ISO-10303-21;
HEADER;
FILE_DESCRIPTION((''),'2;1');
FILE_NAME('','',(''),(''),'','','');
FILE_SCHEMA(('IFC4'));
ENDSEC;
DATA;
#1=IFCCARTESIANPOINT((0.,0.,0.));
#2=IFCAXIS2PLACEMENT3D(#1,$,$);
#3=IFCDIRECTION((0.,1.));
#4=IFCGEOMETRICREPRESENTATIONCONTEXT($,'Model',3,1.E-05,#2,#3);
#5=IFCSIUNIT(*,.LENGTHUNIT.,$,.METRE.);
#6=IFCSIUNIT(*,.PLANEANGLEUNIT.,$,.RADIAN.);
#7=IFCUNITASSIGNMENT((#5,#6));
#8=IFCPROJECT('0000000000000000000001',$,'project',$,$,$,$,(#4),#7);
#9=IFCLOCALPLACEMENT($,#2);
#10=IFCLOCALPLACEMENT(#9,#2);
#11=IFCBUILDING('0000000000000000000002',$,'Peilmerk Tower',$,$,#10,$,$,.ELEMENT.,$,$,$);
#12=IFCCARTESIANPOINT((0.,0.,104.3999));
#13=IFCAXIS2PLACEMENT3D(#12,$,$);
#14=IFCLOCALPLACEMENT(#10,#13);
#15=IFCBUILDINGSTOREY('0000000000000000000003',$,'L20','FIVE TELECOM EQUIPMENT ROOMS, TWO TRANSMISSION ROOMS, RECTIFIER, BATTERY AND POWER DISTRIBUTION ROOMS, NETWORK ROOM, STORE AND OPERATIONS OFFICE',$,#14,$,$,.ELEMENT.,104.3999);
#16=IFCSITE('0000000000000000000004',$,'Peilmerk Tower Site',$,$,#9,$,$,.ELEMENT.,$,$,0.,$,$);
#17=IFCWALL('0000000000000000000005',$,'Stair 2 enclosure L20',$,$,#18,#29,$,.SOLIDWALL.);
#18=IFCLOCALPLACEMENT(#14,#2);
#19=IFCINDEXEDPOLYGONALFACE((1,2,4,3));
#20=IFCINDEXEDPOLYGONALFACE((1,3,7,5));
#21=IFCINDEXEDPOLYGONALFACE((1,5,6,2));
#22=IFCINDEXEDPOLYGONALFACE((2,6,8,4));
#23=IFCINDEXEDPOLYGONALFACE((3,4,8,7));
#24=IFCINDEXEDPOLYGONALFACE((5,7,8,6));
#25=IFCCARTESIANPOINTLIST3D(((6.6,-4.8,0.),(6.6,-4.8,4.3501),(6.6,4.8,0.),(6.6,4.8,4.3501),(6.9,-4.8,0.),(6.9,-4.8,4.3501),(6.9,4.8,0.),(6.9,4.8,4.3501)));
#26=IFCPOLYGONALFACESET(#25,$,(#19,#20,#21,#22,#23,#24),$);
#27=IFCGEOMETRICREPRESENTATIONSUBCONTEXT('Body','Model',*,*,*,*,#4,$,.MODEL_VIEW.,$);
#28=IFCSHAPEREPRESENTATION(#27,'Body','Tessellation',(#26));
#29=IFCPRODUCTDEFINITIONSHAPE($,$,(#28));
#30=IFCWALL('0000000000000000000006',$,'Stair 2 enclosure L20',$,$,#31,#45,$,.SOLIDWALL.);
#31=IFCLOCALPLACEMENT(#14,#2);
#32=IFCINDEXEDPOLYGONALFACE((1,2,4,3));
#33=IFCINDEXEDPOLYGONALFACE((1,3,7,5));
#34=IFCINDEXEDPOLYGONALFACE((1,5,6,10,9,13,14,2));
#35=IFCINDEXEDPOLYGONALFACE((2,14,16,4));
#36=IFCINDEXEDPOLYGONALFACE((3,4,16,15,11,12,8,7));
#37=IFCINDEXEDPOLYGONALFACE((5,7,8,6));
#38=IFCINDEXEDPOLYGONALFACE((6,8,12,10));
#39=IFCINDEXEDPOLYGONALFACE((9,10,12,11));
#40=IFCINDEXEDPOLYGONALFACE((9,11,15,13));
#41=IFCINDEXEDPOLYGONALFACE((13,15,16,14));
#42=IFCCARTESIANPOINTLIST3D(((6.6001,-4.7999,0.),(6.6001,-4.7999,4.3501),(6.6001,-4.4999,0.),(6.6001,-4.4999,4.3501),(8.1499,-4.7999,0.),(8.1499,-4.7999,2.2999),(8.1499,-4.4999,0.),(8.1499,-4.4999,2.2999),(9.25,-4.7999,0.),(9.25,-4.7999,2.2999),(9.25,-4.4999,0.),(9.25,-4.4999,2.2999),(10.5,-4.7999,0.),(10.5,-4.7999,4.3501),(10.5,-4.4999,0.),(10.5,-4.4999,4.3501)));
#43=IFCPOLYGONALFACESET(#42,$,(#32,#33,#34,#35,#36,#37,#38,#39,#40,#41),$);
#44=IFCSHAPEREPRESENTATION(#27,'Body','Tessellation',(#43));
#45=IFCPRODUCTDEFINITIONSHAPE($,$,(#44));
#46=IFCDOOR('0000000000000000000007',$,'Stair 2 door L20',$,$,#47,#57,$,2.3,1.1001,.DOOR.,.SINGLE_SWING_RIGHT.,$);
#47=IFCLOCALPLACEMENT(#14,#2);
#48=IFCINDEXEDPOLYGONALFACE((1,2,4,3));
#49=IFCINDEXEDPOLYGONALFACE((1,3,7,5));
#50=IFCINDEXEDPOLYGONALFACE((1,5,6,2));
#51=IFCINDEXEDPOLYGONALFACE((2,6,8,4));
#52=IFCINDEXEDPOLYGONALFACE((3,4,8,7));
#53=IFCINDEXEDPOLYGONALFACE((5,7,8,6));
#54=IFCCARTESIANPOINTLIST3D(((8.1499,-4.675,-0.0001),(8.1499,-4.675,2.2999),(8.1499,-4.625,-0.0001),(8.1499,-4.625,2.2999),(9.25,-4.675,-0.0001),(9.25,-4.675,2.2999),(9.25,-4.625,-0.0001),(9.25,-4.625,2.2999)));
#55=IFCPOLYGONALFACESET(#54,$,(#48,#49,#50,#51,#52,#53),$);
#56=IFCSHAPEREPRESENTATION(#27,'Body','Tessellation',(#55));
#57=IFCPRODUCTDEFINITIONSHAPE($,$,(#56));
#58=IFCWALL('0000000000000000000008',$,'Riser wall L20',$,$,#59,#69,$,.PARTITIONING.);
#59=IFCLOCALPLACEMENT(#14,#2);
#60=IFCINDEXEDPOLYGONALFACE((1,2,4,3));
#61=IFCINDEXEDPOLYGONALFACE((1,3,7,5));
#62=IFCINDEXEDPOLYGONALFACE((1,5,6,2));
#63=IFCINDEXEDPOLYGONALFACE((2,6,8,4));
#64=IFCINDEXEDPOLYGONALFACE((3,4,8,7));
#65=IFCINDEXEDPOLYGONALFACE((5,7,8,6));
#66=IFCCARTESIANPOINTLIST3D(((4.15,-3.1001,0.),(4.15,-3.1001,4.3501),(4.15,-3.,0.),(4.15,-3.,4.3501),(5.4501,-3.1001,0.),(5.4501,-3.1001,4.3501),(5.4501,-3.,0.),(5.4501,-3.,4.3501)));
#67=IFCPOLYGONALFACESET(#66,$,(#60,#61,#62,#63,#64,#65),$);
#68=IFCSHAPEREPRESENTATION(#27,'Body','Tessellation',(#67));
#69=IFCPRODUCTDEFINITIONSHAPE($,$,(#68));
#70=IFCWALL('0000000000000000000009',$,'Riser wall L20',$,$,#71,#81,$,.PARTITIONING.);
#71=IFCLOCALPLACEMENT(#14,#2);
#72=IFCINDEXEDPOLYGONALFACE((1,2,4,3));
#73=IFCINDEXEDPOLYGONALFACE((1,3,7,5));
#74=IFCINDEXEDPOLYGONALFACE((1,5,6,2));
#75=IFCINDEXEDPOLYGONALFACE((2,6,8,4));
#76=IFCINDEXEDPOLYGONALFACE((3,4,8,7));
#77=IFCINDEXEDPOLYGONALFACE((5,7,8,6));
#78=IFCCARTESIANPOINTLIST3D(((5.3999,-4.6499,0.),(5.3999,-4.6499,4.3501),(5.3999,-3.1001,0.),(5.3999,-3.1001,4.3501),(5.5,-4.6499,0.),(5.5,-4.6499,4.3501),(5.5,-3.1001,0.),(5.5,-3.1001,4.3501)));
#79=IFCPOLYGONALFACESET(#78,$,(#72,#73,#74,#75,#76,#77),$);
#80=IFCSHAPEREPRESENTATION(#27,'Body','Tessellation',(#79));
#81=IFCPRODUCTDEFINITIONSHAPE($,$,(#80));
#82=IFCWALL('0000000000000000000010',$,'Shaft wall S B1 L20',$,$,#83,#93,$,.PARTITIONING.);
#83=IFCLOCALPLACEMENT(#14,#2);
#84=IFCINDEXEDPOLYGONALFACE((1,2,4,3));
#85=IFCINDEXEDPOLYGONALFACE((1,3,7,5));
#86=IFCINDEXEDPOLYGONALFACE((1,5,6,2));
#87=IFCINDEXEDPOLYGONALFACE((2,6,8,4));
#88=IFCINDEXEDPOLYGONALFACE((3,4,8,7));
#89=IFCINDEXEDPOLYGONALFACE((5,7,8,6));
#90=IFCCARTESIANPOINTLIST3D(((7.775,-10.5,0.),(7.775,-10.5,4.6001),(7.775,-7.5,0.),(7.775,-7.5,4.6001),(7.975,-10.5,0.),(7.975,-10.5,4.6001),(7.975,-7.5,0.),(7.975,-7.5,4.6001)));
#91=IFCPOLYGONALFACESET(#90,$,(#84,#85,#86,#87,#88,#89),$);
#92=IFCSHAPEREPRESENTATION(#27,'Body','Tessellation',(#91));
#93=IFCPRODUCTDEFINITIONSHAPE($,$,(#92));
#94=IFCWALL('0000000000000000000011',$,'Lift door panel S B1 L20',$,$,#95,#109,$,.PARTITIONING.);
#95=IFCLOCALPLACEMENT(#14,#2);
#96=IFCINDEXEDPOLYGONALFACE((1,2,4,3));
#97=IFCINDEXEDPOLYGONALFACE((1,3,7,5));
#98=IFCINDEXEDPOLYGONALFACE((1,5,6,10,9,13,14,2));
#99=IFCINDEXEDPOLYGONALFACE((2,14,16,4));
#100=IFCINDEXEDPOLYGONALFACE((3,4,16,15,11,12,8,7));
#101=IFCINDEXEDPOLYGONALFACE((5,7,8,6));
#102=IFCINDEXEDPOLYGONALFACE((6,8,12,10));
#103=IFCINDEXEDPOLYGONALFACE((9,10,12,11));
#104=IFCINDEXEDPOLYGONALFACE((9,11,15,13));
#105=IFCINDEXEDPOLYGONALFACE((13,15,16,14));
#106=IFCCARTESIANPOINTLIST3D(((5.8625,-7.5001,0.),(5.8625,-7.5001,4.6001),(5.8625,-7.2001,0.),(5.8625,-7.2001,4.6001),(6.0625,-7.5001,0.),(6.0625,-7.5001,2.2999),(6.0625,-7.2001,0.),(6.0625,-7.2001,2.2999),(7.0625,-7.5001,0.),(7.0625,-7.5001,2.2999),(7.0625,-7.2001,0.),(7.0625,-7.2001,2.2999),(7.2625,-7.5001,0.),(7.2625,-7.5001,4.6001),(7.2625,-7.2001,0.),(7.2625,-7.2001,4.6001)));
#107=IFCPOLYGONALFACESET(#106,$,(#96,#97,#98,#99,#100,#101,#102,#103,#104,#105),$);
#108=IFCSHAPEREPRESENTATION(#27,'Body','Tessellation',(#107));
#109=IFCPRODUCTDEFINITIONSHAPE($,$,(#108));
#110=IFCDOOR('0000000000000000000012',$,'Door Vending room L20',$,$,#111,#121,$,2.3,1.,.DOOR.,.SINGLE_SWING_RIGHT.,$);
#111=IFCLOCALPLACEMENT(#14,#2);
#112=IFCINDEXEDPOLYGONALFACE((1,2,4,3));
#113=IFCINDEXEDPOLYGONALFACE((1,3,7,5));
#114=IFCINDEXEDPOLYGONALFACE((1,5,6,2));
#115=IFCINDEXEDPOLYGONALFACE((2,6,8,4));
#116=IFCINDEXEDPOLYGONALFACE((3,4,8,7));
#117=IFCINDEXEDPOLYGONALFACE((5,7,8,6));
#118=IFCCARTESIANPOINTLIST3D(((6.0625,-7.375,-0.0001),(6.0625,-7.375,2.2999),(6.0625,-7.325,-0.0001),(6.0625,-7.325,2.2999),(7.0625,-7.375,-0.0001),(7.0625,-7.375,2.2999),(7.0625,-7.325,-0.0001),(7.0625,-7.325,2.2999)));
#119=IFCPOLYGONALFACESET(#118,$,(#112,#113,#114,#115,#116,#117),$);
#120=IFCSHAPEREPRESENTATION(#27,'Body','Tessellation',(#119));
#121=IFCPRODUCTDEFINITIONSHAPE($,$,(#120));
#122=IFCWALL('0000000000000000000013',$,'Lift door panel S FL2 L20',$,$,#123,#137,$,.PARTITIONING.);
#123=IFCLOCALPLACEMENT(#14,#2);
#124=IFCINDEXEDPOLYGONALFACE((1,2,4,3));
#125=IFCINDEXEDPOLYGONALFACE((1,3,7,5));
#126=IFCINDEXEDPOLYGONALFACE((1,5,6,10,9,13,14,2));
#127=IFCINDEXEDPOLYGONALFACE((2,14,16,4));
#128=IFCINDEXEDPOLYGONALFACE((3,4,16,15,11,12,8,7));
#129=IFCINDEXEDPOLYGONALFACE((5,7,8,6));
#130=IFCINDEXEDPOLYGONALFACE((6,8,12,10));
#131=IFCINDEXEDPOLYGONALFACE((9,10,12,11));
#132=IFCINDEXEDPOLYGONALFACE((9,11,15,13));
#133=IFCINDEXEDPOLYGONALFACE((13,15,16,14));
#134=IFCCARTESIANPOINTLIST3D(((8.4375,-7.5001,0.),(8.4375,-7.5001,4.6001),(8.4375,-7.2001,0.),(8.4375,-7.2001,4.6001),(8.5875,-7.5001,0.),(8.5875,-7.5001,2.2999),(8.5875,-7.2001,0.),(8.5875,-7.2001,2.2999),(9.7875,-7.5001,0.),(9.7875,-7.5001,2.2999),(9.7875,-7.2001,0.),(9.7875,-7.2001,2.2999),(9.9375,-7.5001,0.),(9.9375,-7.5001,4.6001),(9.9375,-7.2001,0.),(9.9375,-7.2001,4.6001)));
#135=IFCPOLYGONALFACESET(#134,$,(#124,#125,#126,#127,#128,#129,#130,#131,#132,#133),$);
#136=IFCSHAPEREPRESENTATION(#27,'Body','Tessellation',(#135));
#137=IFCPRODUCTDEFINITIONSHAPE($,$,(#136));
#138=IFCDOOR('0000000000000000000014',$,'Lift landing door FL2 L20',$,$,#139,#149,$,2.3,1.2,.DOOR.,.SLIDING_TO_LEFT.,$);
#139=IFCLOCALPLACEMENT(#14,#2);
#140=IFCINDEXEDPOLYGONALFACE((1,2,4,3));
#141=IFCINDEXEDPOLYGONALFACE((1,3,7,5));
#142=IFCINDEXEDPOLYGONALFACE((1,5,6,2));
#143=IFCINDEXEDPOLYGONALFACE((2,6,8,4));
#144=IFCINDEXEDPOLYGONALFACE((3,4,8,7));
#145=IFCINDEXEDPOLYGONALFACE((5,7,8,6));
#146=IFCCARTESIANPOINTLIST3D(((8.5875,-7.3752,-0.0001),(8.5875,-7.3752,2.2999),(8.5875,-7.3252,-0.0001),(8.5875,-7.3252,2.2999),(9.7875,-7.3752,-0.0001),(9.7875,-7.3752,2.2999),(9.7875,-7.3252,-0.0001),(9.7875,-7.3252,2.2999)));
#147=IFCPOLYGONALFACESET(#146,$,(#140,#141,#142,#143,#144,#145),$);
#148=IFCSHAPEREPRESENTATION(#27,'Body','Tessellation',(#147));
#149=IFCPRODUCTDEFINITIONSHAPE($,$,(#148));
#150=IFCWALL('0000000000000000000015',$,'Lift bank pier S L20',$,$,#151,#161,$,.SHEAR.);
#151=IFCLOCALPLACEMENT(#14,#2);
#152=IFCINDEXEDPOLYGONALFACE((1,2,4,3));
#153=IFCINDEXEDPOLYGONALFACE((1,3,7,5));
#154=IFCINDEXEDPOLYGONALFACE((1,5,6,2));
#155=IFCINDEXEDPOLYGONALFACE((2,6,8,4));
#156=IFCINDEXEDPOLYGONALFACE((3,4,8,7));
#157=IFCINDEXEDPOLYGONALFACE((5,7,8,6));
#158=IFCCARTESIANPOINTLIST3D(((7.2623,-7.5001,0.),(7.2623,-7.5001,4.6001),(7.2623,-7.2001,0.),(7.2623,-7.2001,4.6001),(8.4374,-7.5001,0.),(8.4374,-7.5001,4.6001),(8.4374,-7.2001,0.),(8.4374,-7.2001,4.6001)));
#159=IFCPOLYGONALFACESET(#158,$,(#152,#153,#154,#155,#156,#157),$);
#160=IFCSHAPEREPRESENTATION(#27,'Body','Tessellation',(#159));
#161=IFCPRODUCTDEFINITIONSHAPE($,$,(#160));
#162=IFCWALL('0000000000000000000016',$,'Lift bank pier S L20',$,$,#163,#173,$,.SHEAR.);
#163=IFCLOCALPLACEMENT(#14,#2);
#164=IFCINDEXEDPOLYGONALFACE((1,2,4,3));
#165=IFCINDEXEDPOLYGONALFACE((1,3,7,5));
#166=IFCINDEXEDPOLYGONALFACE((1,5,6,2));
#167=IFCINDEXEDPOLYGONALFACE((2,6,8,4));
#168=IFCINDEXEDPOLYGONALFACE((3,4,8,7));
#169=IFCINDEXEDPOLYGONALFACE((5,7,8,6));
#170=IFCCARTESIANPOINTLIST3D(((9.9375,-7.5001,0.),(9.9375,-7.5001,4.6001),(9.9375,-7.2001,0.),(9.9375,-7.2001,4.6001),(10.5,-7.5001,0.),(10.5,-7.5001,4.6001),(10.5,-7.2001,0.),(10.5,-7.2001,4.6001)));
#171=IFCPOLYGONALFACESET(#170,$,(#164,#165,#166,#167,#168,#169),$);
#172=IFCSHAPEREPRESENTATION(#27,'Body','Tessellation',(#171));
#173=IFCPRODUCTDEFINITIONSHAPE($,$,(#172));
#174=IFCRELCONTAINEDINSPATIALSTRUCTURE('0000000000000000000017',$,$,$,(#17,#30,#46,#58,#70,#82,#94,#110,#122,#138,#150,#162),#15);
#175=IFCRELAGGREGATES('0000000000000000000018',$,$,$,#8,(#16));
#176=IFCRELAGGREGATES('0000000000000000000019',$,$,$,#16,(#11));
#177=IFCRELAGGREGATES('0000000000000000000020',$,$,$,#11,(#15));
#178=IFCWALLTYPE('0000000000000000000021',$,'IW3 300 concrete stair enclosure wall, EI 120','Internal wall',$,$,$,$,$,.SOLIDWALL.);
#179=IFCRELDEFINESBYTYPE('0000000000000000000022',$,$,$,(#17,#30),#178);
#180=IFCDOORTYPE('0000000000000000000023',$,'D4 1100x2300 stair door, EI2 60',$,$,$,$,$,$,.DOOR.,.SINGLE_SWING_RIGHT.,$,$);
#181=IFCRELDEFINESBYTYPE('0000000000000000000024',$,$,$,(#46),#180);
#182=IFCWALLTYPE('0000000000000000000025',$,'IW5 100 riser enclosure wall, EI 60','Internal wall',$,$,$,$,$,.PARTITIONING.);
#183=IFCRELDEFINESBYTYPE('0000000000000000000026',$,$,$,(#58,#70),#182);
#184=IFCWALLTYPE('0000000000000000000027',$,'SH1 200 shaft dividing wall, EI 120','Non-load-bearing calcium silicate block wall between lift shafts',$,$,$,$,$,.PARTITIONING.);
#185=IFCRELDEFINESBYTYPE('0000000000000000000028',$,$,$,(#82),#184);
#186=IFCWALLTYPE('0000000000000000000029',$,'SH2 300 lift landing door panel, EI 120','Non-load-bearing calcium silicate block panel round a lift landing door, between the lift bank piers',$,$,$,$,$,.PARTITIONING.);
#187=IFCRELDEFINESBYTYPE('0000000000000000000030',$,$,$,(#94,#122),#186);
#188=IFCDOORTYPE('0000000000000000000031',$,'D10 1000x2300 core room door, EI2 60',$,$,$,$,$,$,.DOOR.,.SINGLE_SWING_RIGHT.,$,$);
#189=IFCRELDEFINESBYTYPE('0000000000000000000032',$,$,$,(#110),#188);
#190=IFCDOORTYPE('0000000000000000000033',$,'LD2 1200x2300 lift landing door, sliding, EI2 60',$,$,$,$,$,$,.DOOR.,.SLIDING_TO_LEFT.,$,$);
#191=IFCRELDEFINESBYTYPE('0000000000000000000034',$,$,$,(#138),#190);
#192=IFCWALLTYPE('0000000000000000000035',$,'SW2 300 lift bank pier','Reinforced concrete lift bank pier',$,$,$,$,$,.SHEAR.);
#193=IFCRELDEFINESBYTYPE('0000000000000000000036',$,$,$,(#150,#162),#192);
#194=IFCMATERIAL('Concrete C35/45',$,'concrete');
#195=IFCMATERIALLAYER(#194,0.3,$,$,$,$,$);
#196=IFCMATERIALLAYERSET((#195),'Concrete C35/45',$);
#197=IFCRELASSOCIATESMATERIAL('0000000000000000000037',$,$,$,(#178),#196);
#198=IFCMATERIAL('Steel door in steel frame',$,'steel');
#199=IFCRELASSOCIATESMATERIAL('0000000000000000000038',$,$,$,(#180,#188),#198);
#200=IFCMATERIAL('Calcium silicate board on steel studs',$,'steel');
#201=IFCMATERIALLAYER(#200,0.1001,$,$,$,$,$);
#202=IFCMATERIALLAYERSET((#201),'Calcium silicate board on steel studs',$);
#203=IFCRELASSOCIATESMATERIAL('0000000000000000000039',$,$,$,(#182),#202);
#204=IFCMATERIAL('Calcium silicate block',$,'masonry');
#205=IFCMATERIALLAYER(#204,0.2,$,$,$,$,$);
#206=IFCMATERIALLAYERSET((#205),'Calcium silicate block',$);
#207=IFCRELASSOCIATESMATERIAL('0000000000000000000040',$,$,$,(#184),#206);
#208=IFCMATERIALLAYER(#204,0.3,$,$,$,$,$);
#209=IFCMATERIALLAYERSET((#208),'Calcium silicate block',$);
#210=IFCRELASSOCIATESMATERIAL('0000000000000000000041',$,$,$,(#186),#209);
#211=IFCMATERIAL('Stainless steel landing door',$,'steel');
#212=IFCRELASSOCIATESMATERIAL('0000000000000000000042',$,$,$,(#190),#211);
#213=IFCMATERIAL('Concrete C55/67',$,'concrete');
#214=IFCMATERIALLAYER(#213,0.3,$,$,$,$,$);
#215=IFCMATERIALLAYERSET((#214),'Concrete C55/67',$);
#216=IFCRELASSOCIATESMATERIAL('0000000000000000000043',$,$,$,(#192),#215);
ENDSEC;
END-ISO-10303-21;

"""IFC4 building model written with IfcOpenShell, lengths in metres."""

from ifc_helpers import new_model, si_unit, direction, frame, frame_2d, origin, place, context, subcontext, project, spatial, rectangle, extrude, material, layer, layer_set, type_object, element, fill, save


model = new_model("IFC4")

# Units and contexts
model_context = context("Model", 3, precision=1e-05, world=origin(), true_north=direction((0.0, 1.0)))
body_context = subcontext(model_context, "Body", "Model", "MODEL_VIEW")
ifc_project = project(units=[si_unit("LENGTHUNIT", "METRE"), si_unit("PLANEANGLEUNIT", "RADIAN")], contexts=[model_context])

# Site, building, storey
site_placement = place(None, origin())
site = spatial("IfcSite", under=ifc_project, at=site_placement, Name="Peilmerk Tower Site", CompositionType="ELEMENT", RefElevation=0.0)
building_placement = place(site_placement, origin())
building = spatial("IfcBuilding", under=site, at=building_placement, Name="Peilmerk Tower", CompositionType="ELEMENT")
storey_placement = place(building_placement, frame((0.0, 0.0, 104.3999)))
storey = spatial("IfcBuildingStorey", under=building, at=storey_placement, Name="L20", Description="FIVE TELECOM EQUIPMENT ROOMS, TWO TRANSMISSION ROOMS, RECTIFIER, BATTERY AND POWER DISTRIBUTION ROOMS, NETWORK ROOM, STORE AND OPERATIONS OFFICE", CompositionType="ELEMENT", Elevation=104.3999)

# Wall
ifc_material_1 = material(Name="Concrete C35/45", Category="concrete")
ifc_layer_1 = layer(ifc_material_1, 0.3)
ifc_layer_set_1 = layer_set([ifc_layer_1], Name="Concrete C35/45")
wall_type_1 = type_object("IfcWallType", Name="IW3 300 concrete stair enclosure wall, EI 120", Description="Internal wall", PredefinedType="SOLIDWALL", material=ifc_layer_set_1)
wall_1_placement = place(storey_placement, frame((6.75, -4.8, 0.0), z_axis=(0.0, 0.0, 1.0), x_axis=(0.0, 1.0, 0.0)))
element("IfcWall", 1, at=wall_1_placement, inside=storey, type_object=wall_type_1, Name="Stair 2 enclosure L20", PredefinedType="SOLIDWALL", context=body_context, shape_type="SweptSolid", body=[
    extrude(rectangle(XDim=9.6001, YDim=0.3, at=frame_2d((4.8, 0.0))), origin(), (0.0, 0.0, 1.0), 4.3501),
])

# Wall, opening, door
wall_2_placement = place(storey_placement, frame((10.5, -4.6499, 0.0), z_axis=(0.0, 0.0, 1.0), x_axis=(-1.0, 0.0, 0.0)))
wall_2 = element("IfcWall", 2, at=wall_2_placement, inside=storey, type_object=wall_type_1, Name="Stair 2 enclosure L20", PredefinedType="SOLIDWALL", context=body_context, shape_type="SweptSolid", body=[
    extrude(rectangle(XDim=3.8999, YDim=0.3, at=frame_2d((1.95, 0.0))), origin(), (0.0, 0.0, 1.0), 4.3501),
])
opening_1_placement = place(wall_2_placement, frame((1.25, 0.0, 0.0)))
opening_1 = element("IfcOpeningElement", 3, at=opening_1_placement, cuts=wall_2, PredefinedType="OPENING", context=body_context, shape_type="SweptSolid", body=[
    extrude(rectangle(XDim=1.1001, YDim=2.3, at=frame_2d((0.55, 1.1499))), frame((0.0, 0.1599, 0.0), z_axis=(0.0, -1.0, 0.0), x_axis=(1.0, 0.0, 0.0)), (0.0, 0.0, 1.0), 0.3201),
])
ifc_material_2 = material(Name="Steel door in steel frame", Category="steel")
door_type_1 = type_object("IfcDoorType", Name="D4 1100x2300 stair door, EI2 60", OperationType="SINGLE_SWING_RIGHT", PredefinedType="DOOR", material=ifc_material_2)
door_1_placement = place(opening_1_placement, frame((1.1001, 0.0, 0.0), z_axis=(0.0, 0.0, 1.0), x_axis=(-1.0, 0.0, 0.0)))
door_1 = element("IfcDoor", 4, at=door_1_placement, inside=storey, type_object=door_type_1, Name="Stair 2 door L20", OperationType="SINGLE_SWING_RIGHT", OverallHeight=2.3, OverallWidth=1.1001, PredefinedType="DOOR", context=body_context, shape_type="SweptSolid", body=[
    extrude(rectangle(XDim=1.1001, YDim=2.3, at=frame_2d((0.55, 1.1499))), frame((0.0, 0.0249, 0.0), z_axis=(0.0, -1.0, 0.0), x_axis=(1.0, 0.0, 0.0)), (0.0, 0.0, 1.0), 0.05),
])
fill(opening_1, door_1)

# Walls
ifc_material_3 = material(Name="Calcium silicate board on steel studs", Category="steel")
ifc_layer_2 = layer(ifc_material_3, 0.1001)
ifc_layer_set_2 = layer_set([ifc_layer_2], Name="Calcium silicate board on steel studs")
wall_type_2 = type_object("IfcWallType", Name="IW5 100 riser enclosure wall, EI 60", Description="Internal wall", PredefinedType="PARTITIONING", material=ifc_layer_set_2)
wall_3_placement = place(storey_placement, frame((5.45, -3.05, 0.0), z_axis=(0.0, 0.0, 1.0), x_axis=(-1.0, 0.0, 0.0)))
element("IfcWall", 5, at=wall_3_placement, inside=storey, type_object=wall_type_2, Name="Riser wall L20", PredefinedType="PARTITIONING", context=body_context, shape_type="SweptSolid", body=[
    extrude(rectangle(XDim=1.3, YDim=0.1001, at=frame_2d((0.6499, 0.0))), origin(), (0.0, 0.0, 1.0), 4.3501),
])
wall_4_placement = place(storey_placement, frame((5.45, -3.1001, 0.0), z_axis=(0.0, 0.0, 1.0), x_axis=(0.0, -1.0, 0.0)))
element("IfcWall", 6, at=wall_4_placement, inside=storey, type_object=wall_type_2, Name="Riser wall L20", PredefinedType="PARTITIONING", context=body_context, shape_type="SweptSolid", body=[
    extrude(rectangle(XDim=1.5498, YDim=0.1001, at=frame_2d((0.7749, 0.0))), origin(), (0.0, 0.0, 1.0), 4.3501),
])
ifc_material_4 = material(Name="Calcium silicate block", Category="masonry")
ifc_layer_3 = layer(ifc_material_4, 0.2)
ifc_layer_set_3 = layer_set([ifc_layer_3], Name="Calcium silicate block")
wall_type_3 = type_object("IfcWallType", Name="SH1 200 shaft dividing wall, EI 120", Description="Non-load-bearing calcium silicate block wall between lift shafts", PredefinedType="PARTITIONING", material=ifc_layer_set_3)
wall_5_placement = place(storey_placement, frame((7.875, -10.5, 0.0), z_axis=(0.0, 0.0, 1.0), x_axis=(0.0, 1.0, 0.0)))
element("IfcWall", 7, at=wall_5_placement, inside=storey, type_object=wall_type_3, Name="Shaft wall S B1 L20", PredefinedType="PARTITIONING", context=body_context, shape_type="SweptSolid", body=[
    extrude(rectangle(XDim=3.0, YDim=0.2, at=frame_2d((1.5, 0.0))), origin(), (0.0, 0.0, 1.0), 4.6001),
])

# Walls, openings, doors
ifc_layer_4 = layer(ifc_material_4, 0.3)
ifc_layer_set_4 = layer_set([ifc_layer_4], Name="Calcium silicate block")
wall_type_4 = type_object("IfcWallType", Name="SH2 300 lift landing door panel, EI 120", Description="Non-load-bearing calcium silicate block panel round a lift landing door, between the lift bank piers", PredefinedType="PARTITIONING", material=ifc_layer_set_4)
wall_6_placement = place(storey_placement, frame((5.8625, -7.3501, 0.0), z_axis=(0.0, 0.0, 1.0), x_axis=(1.0, 0.0, 0.0)))
wall_6 = element("IfcWall", 8, at=wall_6_placement, inside=storey, type_object=wall_type_4, Name="Lift door panel S B1 L20", PredefinedType="PARTITIONING", context=body_context, shape_type="SweptSolid", body=[
    extrude(rectangle(XDim=1.3999, YDim=0.3, at=frame_2d((0.7, 0.0))), origin(), (0.0, 0.0, 1.0), 4.6001),
])
opening_2_placement = place(wall_6_placement, frame((0.2, 0.0, 0.0)))
opening_2 = element("IfcOpeningElement", 9, at=opening_2_placement, cuts=wall_6, PredefinedType="OPENING", context=body_context, shape_type="SweptSolid", body=[
    extrude(rectangle(XDim=1.0, YDim=2.3, at=frame_2d((0.5, 1.1499))), frame((0.0, 0.1599, 0.0), z_axis=(0.0, -1.0, 0.0), x_axis=(1.0, 0.0, 0.0)), (0.0, 0.0, 1.0), 0.3201),
])
door_type_2 = type_object("IfcDoorType", Name="D10 1000x2300 core room door, EI2 60", OperationType="SINGLE_SWING_RIGHT", PredefinedType="DOOR", material=ifc_material_2)
door_2_placement = place(opening_2_placement, frame((1.0, 0.0, 0.0), z_axis=(0.0, 0.0, 1.0), x_axis=(-1.0, 0.0, 0.0)))
door_2 = element("IfcDoor", 10, at=door_2_placement, inside=storey, type_object=door_type_2, Name="Door Vending room L20", OperationType="SINGLE_SWING_RIGHT", OverallHeight=2.3, OverallWidth=1.0, PredefinedType="DOOR", context=body_context, shape_type="SweptSolid", body=[
    extrude(rectangle(XDim=1.0, YDim=2.3, at=frame_2d((0.5, 1.1499))), frame((0.0, 0.0249, 0.0), z_axis=(0.0, -1.0, 0.0), x_axis=(1.0, 0.0, 0.0)), (0.0, 0.0, 1.0), 0.05),
])
fill(opening_2, door_2)
wall_7_placement = place(storey_placement, frame((8.4375, -7.3501, 0.0), z_axis=(0.0, 0.0, 1.0), x_axis=(1.0, 0.0, 0.0)))
wall_7 = element("IfcWall", 11, at=wall_7_placement, inside=storey, type_object=wall_type_4, Name="Lift door panel S FL2 L20", PredefinedType="PARTITIONING", context=body_context, shape_type="SweptSolid", body=[
    extrude(rectangle(XDim=1.5, YDim=0.3, at=frame_2d((0.75, 0.0))), origin(), (0.0, 0.0, 1.0), 4.6001),
])
opening_3_placement = place(wall_7_placement, frame((0.1499, 0.0, 0.0)))
opening_3 = element("IfcOpeningElement", 12, at=opening_3_placement, cuts=wall_7, PredefinedType="OPENING", context=body_context, shape_type="SweptSolid", body=[
    extrude(rectangle(XDim=1.2, YDim=2.3, at=frame_2d((0.6001, 1.1499))), frame((0.0, 0.1599, 0.0), z_axis=(0.0, -1.0, 0.0), x_axis=(1.0, 0.0, 0.0)), (0.0, 0.0, 1.0), 0.3201),
])
ifc_material_5 = material(Name="Stainless steel landing door", Category="steel")
door_type_3 = type_object("IfcDoorType", Name="LD2 1200x2300 lift landing door, sliding, EI2 60", OperationType="SLIDING_TO_LEFT", PredefinedType="DOOR", material=ifc_material_5)
door_3_placement = place(opening_3_placement, origin())
door_3 = element("IfcDoor", 13, at=door_3_placement, inside=storey, type_object=door_type_3, Name="Lift landing door FL2 L20", OperationType="SLIDING_TO_LEFT", OverallHeight=2.3, OverallWidth=1.2, PredefinedType="DOOR", context=body_context, shape_type="SweptSolid", body=[
    extrude(rectangle(XDim=1.2, YDim=2.3, at=frame_2d((0.6001, 1.1499))), frame((0.0, 0.0249, 0.0), z_axis=(0.0, -1.0, 0.0), x_axis=(1.0, 0.0, 0.0)), (0.0, 0.0, 1.0), 0.05),
])
fill(opening_3, door_3)

# Walls
ifc_material_6 = material(Name="Concrete C55/67", Category="concrete")
ifc_layer_5 = layer(ifc_material_6, 0.3)
ifc_layer_set_5 = layer_set([ifc_layer_5], Name="Concrete C55/67")
wall_type_5 = type_object("IfcWallType", Name="SW2 300 lift bank pier", Description="Reinforced concrete lift bank pier", PredefinedType="SHEAR", material=ifc_layer_set_5)
wall_8_placement = place(storey_placement, frame((7.2625, -7.3501, 0.0), z_axis=(0.0, 0.0, 1.0), x_axis=(1.0, 0.0, 0.0)))
element("IfcWall", 14, at=wall_8_placement, inside=storey, type_object=wall_type_5, Name="Lift bank pier S L20", PredefinedType="SHEAR", context=body_context, shape_type="SweptSolid", body=[
    extrude(rectangle(XDim=1.175, YDim=0.3, at=frame_2d((0.5874, 0.0))), origin(), (0.0, 0.0, 1.0), 4.6001),
])
wall_9_placement = place(storey_placement, frame((9.9375, -7.3501, 0.0), z_axis=(0.0, 0.0, 1.0), x_axis=(1.0, 0.0, 0.0)))
element("IfcWall", 15, at=wall_9_placement, inside=storey, type_object=wall_type_5, Name="Lift bank pier S L20", PredefinedType="SHEAR", context=body_context, shape_type="SweptSolid", body=[
    extrude(rectangle(XDim=0.5625, YDim=0.3, at=frame_2d((0.2812, 0.0))), origin(), (0.0, 0.0, 1.0), 4.6001),
])

save(model, "model.ifc")
